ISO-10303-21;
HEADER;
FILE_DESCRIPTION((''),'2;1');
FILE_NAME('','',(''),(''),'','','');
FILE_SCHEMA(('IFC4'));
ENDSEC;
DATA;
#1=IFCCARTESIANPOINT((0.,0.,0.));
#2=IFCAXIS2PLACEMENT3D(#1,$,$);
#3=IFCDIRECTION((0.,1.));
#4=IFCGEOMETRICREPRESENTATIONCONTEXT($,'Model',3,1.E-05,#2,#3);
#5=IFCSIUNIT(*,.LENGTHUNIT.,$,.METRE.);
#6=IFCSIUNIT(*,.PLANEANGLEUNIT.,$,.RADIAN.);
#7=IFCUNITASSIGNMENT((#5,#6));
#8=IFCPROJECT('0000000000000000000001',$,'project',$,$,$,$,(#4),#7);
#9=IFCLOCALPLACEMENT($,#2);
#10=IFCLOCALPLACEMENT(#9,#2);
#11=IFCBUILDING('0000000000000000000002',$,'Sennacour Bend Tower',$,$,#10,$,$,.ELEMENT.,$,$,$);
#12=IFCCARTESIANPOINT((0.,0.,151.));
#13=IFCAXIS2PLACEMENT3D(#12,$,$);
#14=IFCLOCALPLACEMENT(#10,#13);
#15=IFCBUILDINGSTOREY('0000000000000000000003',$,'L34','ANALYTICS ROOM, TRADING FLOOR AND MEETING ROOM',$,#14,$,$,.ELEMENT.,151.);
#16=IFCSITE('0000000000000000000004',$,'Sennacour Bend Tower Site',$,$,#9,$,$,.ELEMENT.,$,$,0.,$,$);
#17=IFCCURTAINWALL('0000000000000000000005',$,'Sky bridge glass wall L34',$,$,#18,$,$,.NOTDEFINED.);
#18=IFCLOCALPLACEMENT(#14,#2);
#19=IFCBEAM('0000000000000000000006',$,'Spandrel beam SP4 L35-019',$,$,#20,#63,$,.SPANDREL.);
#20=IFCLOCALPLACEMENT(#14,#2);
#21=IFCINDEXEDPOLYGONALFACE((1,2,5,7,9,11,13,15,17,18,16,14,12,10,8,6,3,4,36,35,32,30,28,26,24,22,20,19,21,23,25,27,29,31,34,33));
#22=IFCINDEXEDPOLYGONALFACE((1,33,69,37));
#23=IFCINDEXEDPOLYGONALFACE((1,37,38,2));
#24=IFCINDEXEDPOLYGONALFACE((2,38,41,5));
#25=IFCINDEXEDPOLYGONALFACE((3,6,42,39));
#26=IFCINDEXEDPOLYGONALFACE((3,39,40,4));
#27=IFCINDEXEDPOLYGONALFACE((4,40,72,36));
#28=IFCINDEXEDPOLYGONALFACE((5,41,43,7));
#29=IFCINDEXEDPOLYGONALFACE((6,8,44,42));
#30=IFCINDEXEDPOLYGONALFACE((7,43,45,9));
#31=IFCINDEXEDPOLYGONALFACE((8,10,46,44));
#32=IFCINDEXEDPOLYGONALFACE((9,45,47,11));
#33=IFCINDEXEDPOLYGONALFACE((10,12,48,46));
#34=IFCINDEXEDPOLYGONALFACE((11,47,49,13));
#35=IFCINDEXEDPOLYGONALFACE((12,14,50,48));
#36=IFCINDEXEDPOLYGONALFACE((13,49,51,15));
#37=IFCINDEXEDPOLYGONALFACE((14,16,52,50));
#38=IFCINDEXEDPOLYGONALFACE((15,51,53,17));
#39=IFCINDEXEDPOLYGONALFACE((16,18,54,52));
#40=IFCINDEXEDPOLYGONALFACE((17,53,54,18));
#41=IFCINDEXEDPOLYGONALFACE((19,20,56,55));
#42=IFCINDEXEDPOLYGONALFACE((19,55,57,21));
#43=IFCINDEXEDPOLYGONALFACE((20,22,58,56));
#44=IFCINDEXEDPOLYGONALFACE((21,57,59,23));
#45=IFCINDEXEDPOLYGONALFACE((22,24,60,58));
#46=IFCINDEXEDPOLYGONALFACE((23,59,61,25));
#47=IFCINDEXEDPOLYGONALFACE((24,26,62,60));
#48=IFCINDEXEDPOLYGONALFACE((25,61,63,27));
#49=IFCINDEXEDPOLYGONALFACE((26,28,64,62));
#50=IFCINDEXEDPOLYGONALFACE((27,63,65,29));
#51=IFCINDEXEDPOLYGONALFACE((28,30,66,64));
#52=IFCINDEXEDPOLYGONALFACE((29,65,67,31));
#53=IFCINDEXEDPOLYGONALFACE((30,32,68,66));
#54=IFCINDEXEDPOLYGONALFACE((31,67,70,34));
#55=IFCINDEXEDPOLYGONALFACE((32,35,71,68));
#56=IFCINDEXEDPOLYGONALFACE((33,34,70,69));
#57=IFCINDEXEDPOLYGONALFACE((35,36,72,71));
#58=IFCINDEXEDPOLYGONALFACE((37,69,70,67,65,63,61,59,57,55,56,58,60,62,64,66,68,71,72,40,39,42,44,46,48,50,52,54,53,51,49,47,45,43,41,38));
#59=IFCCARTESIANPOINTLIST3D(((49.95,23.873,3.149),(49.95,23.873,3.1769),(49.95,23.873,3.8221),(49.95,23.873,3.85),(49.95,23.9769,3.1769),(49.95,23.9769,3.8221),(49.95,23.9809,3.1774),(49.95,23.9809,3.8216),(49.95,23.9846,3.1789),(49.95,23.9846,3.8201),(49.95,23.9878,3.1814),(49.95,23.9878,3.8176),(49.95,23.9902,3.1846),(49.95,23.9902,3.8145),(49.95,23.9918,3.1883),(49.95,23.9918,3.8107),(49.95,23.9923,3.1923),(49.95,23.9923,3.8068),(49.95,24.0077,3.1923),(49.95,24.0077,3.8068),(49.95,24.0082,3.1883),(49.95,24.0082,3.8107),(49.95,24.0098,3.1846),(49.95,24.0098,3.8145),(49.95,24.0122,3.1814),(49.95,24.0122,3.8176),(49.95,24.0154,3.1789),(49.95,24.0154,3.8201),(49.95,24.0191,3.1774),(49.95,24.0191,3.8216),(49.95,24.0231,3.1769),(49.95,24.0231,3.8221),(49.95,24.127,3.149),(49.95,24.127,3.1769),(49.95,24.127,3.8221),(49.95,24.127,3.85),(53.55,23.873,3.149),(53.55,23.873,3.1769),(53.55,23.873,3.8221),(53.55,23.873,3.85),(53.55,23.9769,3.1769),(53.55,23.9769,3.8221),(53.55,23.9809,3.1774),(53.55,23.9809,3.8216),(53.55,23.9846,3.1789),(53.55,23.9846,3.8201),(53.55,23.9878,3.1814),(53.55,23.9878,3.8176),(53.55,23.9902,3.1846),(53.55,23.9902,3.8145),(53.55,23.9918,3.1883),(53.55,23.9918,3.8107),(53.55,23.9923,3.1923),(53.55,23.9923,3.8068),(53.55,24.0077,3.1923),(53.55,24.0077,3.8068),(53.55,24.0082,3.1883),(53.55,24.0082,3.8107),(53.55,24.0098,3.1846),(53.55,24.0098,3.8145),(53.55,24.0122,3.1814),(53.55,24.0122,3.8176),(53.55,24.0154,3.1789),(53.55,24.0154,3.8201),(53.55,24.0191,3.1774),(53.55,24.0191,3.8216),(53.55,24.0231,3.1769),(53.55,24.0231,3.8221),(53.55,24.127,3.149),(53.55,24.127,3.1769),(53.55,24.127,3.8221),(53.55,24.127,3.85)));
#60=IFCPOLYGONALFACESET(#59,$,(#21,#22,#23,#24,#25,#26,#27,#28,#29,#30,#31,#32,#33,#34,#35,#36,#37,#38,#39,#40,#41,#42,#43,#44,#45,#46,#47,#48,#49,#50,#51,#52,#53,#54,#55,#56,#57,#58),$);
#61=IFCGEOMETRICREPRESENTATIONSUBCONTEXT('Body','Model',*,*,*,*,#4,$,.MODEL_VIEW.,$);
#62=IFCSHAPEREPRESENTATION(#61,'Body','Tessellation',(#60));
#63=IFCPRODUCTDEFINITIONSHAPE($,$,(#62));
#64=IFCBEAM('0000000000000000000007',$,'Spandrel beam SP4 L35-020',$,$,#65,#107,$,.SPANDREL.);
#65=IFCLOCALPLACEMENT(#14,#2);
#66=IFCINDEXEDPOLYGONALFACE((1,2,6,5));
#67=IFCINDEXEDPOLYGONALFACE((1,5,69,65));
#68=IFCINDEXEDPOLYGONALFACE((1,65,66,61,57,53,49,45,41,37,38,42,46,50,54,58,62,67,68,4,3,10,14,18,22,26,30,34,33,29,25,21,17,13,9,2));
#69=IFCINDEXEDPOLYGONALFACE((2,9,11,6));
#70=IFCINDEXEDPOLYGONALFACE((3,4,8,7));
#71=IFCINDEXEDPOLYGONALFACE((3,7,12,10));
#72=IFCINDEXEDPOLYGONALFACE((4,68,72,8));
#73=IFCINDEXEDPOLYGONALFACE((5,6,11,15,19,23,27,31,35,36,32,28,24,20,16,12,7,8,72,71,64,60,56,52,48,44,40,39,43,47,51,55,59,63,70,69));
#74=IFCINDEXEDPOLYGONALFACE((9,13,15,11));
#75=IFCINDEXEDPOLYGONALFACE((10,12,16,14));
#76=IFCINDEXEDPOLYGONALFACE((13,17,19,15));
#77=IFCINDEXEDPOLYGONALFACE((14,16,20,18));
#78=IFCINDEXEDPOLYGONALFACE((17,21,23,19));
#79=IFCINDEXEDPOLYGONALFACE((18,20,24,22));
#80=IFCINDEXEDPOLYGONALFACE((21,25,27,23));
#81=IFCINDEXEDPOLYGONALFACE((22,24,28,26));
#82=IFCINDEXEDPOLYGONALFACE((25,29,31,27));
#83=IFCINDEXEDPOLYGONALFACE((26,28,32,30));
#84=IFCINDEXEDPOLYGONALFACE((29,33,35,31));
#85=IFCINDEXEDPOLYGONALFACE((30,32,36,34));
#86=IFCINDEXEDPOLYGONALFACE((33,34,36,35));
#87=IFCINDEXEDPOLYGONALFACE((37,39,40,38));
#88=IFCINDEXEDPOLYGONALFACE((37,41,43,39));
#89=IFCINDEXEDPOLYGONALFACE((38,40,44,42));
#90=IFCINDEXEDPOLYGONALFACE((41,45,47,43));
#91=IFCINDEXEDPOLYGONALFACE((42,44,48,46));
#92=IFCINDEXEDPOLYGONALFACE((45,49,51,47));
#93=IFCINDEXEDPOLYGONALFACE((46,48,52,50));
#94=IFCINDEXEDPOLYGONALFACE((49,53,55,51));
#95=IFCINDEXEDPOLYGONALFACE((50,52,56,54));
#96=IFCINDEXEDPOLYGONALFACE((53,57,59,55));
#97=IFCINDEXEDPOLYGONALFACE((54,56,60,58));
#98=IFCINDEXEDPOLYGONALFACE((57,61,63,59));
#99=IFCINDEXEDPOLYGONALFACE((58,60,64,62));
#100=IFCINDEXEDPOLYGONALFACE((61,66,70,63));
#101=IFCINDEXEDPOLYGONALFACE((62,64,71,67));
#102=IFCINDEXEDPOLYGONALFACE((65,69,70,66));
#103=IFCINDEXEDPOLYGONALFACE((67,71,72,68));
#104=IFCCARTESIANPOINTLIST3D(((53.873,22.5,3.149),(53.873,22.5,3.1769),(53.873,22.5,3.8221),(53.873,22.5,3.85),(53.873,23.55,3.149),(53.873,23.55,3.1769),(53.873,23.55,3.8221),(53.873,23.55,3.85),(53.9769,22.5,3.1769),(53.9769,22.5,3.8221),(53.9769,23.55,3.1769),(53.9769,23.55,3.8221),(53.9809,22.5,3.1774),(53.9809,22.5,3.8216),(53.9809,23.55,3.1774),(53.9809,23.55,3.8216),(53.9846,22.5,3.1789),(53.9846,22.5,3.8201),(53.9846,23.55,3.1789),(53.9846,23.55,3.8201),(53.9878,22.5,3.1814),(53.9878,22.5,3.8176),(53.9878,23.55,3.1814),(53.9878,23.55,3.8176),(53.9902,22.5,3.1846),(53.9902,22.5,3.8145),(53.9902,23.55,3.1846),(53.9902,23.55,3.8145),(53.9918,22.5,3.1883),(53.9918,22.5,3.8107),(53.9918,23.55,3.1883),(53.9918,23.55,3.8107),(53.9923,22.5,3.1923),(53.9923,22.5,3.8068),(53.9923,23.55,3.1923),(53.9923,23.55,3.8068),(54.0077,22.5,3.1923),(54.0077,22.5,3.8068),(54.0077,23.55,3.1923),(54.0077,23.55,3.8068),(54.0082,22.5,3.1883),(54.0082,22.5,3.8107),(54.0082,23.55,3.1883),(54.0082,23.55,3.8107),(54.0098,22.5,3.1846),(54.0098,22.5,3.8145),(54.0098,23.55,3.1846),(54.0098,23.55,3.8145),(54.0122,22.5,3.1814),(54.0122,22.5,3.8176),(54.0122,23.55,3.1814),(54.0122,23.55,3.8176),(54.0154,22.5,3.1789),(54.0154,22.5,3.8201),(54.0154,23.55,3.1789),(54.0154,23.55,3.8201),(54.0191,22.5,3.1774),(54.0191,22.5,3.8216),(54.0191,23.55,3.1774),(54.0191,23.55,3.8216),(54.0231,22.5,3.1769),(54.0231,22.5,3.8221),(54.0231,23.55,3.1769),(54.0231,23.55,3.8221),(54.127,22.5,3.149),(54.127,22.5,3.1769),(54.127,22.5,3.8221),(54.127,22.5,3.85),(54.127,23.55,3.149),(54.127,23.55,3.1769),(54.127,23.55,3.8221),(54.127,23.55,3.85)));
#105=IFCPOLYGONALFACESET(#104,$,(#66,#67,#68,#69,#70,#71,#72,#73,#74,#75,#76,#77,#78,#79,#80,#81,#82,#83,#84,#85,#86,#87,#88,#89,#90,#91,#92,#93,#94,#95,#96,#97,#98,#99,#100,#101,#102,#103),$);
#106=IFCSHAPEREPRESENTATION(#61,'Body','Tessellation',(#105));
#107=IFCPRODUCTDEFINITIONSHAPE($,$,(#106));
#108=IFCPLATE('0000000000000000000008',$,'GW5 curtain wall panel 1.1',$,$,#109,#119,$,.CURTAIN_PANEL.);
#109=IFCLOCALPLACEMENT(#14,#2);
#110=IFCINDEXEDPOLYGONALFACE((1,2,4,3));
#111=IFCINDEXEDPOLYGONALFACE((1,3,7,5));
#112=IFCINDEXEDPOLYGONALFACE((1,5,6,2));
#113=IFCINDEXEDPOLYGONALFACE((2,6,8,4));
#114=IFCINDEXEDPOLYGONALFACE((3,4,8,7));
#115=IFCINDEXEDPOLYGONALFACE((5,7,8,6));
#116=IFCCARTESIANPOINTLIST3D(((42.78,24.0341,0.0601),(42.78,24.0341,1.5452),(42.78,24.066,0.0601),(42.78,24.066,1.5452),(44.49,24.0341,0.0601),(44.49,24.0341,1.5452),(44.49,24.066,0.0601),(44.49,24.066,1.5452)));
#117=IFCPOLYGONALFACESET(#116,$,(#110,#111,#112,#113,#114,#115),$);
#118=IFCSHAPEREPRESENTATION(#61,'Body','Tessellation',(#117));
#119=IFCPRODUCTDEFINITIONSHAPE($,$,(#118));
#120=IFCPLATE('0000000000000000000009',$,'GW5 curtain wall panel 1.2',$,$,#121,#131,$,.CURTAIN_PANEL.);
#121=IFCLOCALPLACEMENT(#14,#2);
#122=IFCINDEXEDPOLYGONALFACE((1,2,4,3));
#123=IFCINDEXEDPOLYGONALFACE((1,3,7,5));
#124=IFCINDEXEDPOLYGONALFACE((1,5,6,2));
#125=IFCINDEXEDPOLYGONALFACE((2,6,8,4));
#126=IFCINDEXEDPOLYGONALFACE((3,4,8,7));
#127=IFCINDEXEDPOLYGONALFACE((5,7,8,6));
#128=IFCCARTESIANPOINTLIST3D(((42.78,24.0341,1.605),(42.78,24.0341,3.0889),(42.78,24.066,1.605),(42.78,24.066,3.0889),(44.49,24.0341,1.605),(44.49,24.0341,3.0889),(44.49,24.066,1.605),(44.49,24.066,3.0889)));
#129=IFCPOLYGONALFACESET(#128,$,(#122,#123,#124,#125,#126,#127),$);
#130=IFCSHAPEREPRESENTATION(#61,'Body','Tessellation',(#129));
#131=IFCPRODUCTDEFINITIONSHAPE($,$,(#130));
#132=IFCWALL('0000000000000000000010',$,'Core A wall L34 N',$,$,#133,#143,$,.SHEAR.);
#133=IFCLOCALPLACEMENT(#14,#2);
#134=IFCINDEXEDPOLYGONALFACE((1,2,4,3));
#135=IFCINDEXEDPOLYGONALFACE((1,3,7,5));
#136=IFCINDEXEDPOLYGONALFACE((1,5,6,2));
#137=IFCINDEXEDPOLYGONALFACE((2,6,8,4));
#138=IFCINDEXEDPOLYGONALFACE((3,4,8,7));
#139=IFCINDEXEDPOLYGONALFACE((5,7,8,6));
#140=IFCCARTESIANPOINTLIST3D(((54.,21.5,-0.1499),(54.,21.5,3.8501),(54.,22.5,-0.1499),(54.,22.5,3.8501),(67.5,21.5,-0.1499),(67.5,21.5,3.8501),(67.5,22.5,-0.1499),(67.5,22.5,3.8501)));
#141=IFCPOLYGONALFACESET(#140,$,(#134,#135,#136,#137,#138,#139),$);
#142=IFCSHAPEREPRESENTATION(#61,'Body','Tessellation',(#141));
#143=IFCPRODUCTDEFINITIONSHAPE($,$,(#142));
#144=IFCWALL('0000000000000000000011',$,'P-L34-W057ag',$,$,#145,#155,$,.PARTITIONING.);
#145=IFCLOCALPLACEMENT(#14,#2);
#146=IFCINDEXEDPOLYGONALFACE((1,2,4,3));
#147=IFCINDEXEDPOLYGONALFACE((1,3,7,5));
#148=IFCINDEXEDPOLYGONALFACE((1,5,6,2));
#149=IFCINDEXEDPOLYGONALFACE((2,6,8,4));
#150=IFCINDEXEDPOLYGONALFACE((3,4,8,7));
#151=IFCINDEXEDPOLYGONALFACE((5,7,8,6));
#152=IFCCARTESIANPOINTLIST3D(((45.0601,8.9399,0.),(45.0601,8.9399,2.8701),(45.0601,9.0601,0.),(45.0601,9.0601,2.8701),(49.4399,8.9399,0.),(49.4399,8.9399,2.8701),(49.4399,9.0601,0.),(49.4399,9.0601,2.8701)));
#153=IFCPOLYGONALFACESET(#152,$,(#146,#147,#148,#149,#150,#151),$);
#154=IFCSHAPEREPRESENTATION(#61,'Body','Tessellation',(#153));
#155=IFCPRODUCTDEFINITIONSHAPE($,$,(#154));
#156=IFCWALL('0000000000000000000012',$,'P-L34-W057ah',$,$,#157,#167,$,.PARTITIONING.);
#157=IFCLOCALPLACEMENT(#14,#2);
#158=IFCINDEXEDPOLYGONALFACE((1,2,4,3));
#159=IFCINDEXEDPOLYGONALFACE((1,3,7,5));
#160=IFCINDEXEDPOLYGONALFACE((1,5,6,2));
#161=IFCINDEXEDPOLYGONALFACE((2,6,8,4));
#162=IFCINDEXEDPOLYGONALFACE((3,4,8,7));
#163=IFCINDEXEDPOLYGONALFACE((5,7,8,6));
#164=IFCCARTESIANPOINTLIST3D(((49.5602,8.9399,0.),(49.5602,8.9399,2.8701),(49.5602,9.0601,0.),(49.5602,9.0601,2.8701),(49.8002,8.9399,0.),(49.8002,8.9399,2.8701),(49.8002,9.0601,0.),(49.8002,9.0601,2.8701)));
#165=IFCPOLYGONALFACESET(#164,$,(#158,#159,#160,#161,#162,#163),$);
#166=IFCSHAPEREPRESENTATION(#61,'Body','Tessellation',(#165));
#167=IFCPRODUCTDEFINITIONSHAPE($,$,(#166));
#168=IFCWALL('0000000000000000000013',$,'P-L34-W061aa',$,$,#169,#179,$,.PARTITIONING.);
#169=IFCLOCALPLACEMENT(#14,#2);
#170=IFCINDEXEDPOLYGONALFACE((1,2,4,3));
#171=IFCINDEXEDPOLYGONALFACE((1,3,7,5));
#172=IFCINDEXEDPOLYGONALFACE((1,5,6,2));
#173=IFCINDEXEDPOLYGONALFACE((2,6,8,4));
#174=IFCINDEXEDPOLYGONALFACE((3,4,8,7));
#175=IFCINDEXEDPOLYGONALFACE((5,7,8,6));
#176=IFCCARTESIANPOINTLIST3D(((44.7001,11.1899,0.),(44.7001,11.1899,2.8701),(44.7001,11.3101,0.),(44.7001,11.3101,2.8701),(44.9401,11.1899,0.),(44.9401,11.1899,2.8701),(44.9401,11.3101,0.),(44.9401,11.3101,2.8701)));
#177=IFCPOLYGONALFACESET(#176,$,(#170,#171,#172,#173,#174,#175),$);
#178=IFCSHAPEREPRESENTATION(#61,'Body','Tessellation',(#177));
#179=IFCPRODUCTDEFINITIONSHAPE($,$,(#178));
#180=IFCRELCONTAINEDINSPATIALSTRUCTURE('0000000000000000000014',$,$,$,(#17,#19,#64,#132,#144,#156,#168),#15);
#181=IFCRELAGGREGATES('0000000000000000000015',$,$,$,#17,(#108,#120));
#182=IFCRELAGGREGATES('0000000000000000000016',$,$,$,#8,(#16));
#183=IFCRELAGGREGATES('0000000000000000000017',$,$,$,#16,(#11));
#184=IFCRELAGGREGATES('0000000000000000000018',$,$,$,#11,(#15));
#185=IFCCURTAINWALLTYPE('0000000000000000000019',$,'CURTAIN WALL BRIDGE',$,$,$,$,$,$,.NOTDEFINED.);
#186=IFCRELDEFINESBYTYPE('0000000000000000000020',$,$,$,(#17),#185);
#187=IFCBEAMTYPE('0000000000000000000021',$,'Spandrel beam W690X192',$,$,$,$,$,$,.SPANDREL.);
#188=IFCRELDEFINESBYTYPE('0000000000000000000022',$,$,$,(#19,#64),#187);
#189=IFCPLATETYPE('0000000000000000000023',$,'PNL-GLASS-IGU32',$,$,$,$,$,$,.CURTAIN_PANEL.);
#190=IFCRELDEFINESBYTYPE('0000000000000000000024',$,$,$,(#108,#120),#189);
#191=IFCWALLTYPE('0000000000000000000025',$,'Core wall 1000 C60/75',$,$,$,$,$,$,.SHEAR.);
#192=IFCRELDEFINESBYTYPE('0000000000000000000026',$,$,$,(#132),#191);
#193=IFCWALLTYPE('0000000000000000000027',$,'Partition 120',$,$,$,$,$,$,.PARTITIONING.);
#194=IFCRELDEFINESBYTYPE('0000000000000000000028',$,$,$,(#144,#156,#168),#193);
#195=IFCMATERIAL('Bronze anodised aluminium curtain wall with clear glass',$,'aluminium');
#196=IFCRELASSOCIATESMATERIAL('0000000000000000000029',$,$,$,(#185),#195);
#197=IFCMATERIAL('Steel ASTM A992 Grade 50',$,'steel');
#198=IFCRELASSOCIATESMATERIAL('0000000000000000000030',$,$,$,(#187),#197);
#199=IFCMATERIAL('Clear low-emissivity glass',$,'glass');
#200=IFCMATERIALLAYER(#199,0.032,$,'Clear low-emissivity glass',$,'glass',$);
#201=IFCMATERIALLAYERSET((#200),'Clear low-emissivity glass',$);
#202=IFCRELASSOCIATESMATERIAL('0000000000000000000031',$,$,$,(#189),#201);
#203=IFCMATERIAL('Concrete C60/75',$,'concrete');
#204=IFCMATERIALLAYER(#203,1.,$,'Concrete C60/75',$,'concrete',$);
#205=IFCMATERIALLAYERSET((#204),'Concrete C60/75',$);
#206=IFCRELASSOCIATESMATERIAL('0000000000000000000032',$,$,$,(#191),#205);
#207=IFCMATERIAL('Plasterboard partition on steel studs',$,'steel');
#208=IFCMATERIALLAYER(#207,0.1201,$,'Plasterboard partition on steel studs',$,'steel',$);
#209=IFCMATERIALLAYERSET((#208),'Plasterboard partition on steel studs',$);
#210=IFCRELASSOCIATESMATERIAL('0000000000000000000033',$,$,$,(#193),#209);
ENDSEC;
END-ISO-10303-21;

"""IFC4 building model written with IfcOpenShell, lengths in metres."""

from ifc_helpers import new_model, si_unit, direction, frame, frame_2d, origin, origin_2d, place, context, subcontext, project, spatial, rectangle, i_section, extrude, material, layer, layer_set, material_profile, profile_set, type_object, element, aggregate, save


model = new_model("IFC4")

# Units and contexts
model_context = context("Model", 3, precision=1e-05, world=origin(), true_north=direction((0.0, 1.0)))
body_context = subcontext(model_context, "Body", "Model", "MODEL_VIEW")
ifc_project = project(units=[si_unit("LENGTHUNIT", "METRE"), si_unit("PLANEANGLEUNIT", "RADIAN")], contexts=[model_context])

# Site, building, storey
site_placement = place(None, origin())
site = spatial("IfcSite", under=ifc_project, at=site_placement, Name="Sennacour Bend Tower Site", CompositionType="ELEMENT", RefElevation=0.0)
building_placement = place(site_placement, origin())
building = spatial("IfcBuilding", under=site, at=building_placement, Name="Sennacour Bend Tower", CompositionType="ELEMENT")
storey_placement = place(building_placement, frame((0.0, 0.0, 151.0)))
storey = spatial("IfcBuildingStorey", under=building, at=storey_placement, Name="L34", Description="ANALYTICS ROOM, TRADING FLOOR AND MEETING ROOM", CompositionType="ELEMENT", Elevation=151.0)

# Curtain wall
ifc_material_1 = material(Name="Bronze anodised aluminium curtain wall with clear glass", Category="aluminium")
curtain_wall_type = type_object("IfcCurtainWallType", Name="CURTAIN WALL BRIDGE", PredefinedType="NOTDEFINED", material=ifc_material_1)
curtain_wall_placement = place(storey_placement, origin())
curtain_wall = element("IfcCurtainWall", 1, at=curtain_wall_placement, inside=storey, type_object=curtain_wall_type, Name="Sky bridge glass wall L34", PredefinedType="NOTDEFINED")

# Beams
ifc_material_2 = material(Name="Steel ASTM A992 Grade 50", Category="steel")
ifc_material_profile_1 = material_profile(ifc_material_2, i_section(OverallWidth=0.2539, OverallDepth=0.7009, WebThickness=0.0154, FlangeThickness=0.0278, FilletRadius=0.0154, at=origin_2d()), Name="Steel ASTM A992 Grade 50", Category="steel")
ifc_profile_set_1 = profile_set([ifc_material_profile_1], Name="Steel ASTM A992 Grade 50")
beam_type = type_object("IfcBeamType", Name="Spandrel beam W690X192", PredefinedType="SPANDREL", material=ifc_profile_set_1)
for number, where, z_axis, x_axis, name in (
    (2, (49.95, 24.0, 3.4995), (1.0, 0.0, 0.0), (0.0, 1.0, 0.0), "Spandrel beam SP4 L35-019"),
):
    element("IfcBeam", number, at=place(storey_placement, frame(where, z_axis=z_axis, x_axis=x_axis)), inside=storey, type_object=beam_type, Name=name, PredefinedType="SPANDREL", context=body_context, shape_type="SweptSolid", body=[
        extrude(i_section(OverallWidth=0.2539, OverallDepth=0.7009, WebThickness=0.0154, FlangeThickness=0.0278, FilletRadius=0.0154, at=origin_2d()), origin(), (0.0, 0.0, 1.0), 3.6001),
    ])
beam_placement = place(storey_placement, frame((54.0, 23.55, 3.4995), z_axis=(0.0, -1.0, 0.0), x_axis=(1.0, 0.0, 0.0)))
element("IfcBeam", 3, at=beam_placement, inside=storey, type_object=beam_type, Name="Spandrel beam SP4 L35-020", PredefinedType="SPANDREL", context=body_context, shape_type="SweptSolid", body=[
    extrude(i_section(OverallWidth=0.2539, OverallDepth=0.7009, WebThickness=0.0154, FlangeThickness=0.0278, FilletRadius=0.0154, at=origin_2d()), origin(), (0.0, 0.0, 1.0), 1.05),
])

# Plates
ifc_material_3 = material(Name="Clear low-emissivity glass", Category="glass")
ifc_layer_1 = layer(ifc_material_3, 0.032, Name="Clear low-emissivity glass", Category="glass")
ifc_layer_set_1 = layer_set([ifc_layer_1], Name="Clear low-emissivity glass")
plate_type = type_object("IfcPlateType", Name="PNL-GLASS-IGU32", PredefinedType="CURTAIN_PANEL", material=ifc_layer_set_1)
plate_1_placement = place(storey_placement, frame((43.635, 24.05, 0.0601), z_axis=(0.0, 0.0, 1.0), x_axis=(-1.0, 0.0, 0.0)))
plate_1 = element("IfcPlate", 4, at=plate_1_placement, type_object=plate_type, Name="GW5 curtain wall panel 1.1", PredefinedType="CURTAIN_PANEL", context=body_context, shape_type="SweptSolid", body=[
    extrude(rectangle(XDim=1.71, YDim=0.032, at=origin_2d()), origin(), (0.0, 0.0, 1.0), 1.4851),
])
plate_2_placement = place(storey_placement, frame((43.635, 24.05, 1.605), z_axis=(0.0, 0.0, 1.0), x_axis=(-1.0, 0.0, 0.0)))
plate_2 = element("IfcPlate", 5, at=plate_2_placement, type_object=plate_type, Name="GW5 curtain wall panel 1.2", PredefinedType="CURTAIN_PANEL", context=body_context, shape_type="SweptSolid", body=[
    extrude(rectangle(XDim=1.71, YDim=0.032, at=origin_2d()), origin(), (0.0, 0.0, 1.0), 1.4839),
])
aggregate(curtain_wall, [plate_1, plate_2])

# Walls
ifc_material_4 = material(Name="Concrete C60/75", Category="concrete")
ifc_layer_2 = layer(ifc_material_4, 1.0, Name="Concrete C60/75", Category="concrete")
ifc_layer_set_2 = layer_set([ifc_layer_2], Name="Concrete C60/75")
wall_type_1 = type_object("IfcWallType", Name="Core wall 1000 C60/75", PredefinedType="SHEAR", material=ifc_layer_set_2)
wall_1_placement = place(storey_placement, frame((54.0, 22.0, -0.1499), z_axis=(0.0, 0.0, 1.0), x_axis=(1.0, 0.0, 0.0)))
element("IfcWall", 6, at=wall_1_placement, inside=storey, type_object=wall_type_1, Name="Core A wall L34 N", PredefinedType="SHEAR", context=body_context, shape_type="SweptSolid", body=[
    extrude(rectangle(XDim=13.5, YDim=1.0, at=frame_2d((6.75, 0.0))), origin(), (0.0, 0.0, 1.0), 4.0),
])
ifc_material_5 = material(Name="Plasterboard partition on steel studs", Category="steel")
ifc_layer_3 = layer(ifc_material_5, 0.1201, Name="Plasterboard partition on steel studs", Category="steel")
ifc_layer_set_3 = layer_set([ifc_layer_3], Name="Plasterboard partition on steel studs")
wall_type_2 = type_object("IfcWallType", Name="Partition 120", PredefinedType="PARTITIONING", material=ifc_layer_set_3)
wall_2_placement = place(storey_placement, frame((45.0601, 9.0, 0.0), z_axis=(0.0, 0.0, 1.0), x_axis=(1.0, 0.0, 0.0)))
element("IfcWall", 7, at=wall_2_placement, inside=storey, type_object=wall_type_2, Name="P-L34-W057ag", PredefinedType="PARTITIONING", context=body_context, shape_type="SweptSolid", body=[
    extrude(rectangle(XDim=4.3799, YDim=0.1201, at=frame_2d((2.1899, 0.0))), origin(), (0.0, 0.0, 1.0), 2.8701),
])
for number, where, z_axis, x_axis, name in (
    (8, (49.5601, 9.0, 0.0), (0.0, 0.0, 1.0), (1.0, 0.0, 0.0), "P-L34-W057ah"),
    (9, (44.7, 11.25, 0.0), (0.0, 0.0, 1.0), (1.0, 0.0, 0.0), "P-L34-W061aa"),
):
    element("IfcWall", number, at=place(storey_placement, frame(where, z_axis=z_axis, x_axis=x_axis)), inside=storey, type_object=wall_type_2, Name=name, PredefinedType="PARTITIONING", context=body_context, shape_type="SweptSolid", body=[
        extrude(rectangle(XDim=0.24, YDim=0.1201, at=frame_2d((0.1201, 0.0))), origin(), (0.0, 0.0, 1.0), 2.8701),
    ])

save(model, "model.ifc")
